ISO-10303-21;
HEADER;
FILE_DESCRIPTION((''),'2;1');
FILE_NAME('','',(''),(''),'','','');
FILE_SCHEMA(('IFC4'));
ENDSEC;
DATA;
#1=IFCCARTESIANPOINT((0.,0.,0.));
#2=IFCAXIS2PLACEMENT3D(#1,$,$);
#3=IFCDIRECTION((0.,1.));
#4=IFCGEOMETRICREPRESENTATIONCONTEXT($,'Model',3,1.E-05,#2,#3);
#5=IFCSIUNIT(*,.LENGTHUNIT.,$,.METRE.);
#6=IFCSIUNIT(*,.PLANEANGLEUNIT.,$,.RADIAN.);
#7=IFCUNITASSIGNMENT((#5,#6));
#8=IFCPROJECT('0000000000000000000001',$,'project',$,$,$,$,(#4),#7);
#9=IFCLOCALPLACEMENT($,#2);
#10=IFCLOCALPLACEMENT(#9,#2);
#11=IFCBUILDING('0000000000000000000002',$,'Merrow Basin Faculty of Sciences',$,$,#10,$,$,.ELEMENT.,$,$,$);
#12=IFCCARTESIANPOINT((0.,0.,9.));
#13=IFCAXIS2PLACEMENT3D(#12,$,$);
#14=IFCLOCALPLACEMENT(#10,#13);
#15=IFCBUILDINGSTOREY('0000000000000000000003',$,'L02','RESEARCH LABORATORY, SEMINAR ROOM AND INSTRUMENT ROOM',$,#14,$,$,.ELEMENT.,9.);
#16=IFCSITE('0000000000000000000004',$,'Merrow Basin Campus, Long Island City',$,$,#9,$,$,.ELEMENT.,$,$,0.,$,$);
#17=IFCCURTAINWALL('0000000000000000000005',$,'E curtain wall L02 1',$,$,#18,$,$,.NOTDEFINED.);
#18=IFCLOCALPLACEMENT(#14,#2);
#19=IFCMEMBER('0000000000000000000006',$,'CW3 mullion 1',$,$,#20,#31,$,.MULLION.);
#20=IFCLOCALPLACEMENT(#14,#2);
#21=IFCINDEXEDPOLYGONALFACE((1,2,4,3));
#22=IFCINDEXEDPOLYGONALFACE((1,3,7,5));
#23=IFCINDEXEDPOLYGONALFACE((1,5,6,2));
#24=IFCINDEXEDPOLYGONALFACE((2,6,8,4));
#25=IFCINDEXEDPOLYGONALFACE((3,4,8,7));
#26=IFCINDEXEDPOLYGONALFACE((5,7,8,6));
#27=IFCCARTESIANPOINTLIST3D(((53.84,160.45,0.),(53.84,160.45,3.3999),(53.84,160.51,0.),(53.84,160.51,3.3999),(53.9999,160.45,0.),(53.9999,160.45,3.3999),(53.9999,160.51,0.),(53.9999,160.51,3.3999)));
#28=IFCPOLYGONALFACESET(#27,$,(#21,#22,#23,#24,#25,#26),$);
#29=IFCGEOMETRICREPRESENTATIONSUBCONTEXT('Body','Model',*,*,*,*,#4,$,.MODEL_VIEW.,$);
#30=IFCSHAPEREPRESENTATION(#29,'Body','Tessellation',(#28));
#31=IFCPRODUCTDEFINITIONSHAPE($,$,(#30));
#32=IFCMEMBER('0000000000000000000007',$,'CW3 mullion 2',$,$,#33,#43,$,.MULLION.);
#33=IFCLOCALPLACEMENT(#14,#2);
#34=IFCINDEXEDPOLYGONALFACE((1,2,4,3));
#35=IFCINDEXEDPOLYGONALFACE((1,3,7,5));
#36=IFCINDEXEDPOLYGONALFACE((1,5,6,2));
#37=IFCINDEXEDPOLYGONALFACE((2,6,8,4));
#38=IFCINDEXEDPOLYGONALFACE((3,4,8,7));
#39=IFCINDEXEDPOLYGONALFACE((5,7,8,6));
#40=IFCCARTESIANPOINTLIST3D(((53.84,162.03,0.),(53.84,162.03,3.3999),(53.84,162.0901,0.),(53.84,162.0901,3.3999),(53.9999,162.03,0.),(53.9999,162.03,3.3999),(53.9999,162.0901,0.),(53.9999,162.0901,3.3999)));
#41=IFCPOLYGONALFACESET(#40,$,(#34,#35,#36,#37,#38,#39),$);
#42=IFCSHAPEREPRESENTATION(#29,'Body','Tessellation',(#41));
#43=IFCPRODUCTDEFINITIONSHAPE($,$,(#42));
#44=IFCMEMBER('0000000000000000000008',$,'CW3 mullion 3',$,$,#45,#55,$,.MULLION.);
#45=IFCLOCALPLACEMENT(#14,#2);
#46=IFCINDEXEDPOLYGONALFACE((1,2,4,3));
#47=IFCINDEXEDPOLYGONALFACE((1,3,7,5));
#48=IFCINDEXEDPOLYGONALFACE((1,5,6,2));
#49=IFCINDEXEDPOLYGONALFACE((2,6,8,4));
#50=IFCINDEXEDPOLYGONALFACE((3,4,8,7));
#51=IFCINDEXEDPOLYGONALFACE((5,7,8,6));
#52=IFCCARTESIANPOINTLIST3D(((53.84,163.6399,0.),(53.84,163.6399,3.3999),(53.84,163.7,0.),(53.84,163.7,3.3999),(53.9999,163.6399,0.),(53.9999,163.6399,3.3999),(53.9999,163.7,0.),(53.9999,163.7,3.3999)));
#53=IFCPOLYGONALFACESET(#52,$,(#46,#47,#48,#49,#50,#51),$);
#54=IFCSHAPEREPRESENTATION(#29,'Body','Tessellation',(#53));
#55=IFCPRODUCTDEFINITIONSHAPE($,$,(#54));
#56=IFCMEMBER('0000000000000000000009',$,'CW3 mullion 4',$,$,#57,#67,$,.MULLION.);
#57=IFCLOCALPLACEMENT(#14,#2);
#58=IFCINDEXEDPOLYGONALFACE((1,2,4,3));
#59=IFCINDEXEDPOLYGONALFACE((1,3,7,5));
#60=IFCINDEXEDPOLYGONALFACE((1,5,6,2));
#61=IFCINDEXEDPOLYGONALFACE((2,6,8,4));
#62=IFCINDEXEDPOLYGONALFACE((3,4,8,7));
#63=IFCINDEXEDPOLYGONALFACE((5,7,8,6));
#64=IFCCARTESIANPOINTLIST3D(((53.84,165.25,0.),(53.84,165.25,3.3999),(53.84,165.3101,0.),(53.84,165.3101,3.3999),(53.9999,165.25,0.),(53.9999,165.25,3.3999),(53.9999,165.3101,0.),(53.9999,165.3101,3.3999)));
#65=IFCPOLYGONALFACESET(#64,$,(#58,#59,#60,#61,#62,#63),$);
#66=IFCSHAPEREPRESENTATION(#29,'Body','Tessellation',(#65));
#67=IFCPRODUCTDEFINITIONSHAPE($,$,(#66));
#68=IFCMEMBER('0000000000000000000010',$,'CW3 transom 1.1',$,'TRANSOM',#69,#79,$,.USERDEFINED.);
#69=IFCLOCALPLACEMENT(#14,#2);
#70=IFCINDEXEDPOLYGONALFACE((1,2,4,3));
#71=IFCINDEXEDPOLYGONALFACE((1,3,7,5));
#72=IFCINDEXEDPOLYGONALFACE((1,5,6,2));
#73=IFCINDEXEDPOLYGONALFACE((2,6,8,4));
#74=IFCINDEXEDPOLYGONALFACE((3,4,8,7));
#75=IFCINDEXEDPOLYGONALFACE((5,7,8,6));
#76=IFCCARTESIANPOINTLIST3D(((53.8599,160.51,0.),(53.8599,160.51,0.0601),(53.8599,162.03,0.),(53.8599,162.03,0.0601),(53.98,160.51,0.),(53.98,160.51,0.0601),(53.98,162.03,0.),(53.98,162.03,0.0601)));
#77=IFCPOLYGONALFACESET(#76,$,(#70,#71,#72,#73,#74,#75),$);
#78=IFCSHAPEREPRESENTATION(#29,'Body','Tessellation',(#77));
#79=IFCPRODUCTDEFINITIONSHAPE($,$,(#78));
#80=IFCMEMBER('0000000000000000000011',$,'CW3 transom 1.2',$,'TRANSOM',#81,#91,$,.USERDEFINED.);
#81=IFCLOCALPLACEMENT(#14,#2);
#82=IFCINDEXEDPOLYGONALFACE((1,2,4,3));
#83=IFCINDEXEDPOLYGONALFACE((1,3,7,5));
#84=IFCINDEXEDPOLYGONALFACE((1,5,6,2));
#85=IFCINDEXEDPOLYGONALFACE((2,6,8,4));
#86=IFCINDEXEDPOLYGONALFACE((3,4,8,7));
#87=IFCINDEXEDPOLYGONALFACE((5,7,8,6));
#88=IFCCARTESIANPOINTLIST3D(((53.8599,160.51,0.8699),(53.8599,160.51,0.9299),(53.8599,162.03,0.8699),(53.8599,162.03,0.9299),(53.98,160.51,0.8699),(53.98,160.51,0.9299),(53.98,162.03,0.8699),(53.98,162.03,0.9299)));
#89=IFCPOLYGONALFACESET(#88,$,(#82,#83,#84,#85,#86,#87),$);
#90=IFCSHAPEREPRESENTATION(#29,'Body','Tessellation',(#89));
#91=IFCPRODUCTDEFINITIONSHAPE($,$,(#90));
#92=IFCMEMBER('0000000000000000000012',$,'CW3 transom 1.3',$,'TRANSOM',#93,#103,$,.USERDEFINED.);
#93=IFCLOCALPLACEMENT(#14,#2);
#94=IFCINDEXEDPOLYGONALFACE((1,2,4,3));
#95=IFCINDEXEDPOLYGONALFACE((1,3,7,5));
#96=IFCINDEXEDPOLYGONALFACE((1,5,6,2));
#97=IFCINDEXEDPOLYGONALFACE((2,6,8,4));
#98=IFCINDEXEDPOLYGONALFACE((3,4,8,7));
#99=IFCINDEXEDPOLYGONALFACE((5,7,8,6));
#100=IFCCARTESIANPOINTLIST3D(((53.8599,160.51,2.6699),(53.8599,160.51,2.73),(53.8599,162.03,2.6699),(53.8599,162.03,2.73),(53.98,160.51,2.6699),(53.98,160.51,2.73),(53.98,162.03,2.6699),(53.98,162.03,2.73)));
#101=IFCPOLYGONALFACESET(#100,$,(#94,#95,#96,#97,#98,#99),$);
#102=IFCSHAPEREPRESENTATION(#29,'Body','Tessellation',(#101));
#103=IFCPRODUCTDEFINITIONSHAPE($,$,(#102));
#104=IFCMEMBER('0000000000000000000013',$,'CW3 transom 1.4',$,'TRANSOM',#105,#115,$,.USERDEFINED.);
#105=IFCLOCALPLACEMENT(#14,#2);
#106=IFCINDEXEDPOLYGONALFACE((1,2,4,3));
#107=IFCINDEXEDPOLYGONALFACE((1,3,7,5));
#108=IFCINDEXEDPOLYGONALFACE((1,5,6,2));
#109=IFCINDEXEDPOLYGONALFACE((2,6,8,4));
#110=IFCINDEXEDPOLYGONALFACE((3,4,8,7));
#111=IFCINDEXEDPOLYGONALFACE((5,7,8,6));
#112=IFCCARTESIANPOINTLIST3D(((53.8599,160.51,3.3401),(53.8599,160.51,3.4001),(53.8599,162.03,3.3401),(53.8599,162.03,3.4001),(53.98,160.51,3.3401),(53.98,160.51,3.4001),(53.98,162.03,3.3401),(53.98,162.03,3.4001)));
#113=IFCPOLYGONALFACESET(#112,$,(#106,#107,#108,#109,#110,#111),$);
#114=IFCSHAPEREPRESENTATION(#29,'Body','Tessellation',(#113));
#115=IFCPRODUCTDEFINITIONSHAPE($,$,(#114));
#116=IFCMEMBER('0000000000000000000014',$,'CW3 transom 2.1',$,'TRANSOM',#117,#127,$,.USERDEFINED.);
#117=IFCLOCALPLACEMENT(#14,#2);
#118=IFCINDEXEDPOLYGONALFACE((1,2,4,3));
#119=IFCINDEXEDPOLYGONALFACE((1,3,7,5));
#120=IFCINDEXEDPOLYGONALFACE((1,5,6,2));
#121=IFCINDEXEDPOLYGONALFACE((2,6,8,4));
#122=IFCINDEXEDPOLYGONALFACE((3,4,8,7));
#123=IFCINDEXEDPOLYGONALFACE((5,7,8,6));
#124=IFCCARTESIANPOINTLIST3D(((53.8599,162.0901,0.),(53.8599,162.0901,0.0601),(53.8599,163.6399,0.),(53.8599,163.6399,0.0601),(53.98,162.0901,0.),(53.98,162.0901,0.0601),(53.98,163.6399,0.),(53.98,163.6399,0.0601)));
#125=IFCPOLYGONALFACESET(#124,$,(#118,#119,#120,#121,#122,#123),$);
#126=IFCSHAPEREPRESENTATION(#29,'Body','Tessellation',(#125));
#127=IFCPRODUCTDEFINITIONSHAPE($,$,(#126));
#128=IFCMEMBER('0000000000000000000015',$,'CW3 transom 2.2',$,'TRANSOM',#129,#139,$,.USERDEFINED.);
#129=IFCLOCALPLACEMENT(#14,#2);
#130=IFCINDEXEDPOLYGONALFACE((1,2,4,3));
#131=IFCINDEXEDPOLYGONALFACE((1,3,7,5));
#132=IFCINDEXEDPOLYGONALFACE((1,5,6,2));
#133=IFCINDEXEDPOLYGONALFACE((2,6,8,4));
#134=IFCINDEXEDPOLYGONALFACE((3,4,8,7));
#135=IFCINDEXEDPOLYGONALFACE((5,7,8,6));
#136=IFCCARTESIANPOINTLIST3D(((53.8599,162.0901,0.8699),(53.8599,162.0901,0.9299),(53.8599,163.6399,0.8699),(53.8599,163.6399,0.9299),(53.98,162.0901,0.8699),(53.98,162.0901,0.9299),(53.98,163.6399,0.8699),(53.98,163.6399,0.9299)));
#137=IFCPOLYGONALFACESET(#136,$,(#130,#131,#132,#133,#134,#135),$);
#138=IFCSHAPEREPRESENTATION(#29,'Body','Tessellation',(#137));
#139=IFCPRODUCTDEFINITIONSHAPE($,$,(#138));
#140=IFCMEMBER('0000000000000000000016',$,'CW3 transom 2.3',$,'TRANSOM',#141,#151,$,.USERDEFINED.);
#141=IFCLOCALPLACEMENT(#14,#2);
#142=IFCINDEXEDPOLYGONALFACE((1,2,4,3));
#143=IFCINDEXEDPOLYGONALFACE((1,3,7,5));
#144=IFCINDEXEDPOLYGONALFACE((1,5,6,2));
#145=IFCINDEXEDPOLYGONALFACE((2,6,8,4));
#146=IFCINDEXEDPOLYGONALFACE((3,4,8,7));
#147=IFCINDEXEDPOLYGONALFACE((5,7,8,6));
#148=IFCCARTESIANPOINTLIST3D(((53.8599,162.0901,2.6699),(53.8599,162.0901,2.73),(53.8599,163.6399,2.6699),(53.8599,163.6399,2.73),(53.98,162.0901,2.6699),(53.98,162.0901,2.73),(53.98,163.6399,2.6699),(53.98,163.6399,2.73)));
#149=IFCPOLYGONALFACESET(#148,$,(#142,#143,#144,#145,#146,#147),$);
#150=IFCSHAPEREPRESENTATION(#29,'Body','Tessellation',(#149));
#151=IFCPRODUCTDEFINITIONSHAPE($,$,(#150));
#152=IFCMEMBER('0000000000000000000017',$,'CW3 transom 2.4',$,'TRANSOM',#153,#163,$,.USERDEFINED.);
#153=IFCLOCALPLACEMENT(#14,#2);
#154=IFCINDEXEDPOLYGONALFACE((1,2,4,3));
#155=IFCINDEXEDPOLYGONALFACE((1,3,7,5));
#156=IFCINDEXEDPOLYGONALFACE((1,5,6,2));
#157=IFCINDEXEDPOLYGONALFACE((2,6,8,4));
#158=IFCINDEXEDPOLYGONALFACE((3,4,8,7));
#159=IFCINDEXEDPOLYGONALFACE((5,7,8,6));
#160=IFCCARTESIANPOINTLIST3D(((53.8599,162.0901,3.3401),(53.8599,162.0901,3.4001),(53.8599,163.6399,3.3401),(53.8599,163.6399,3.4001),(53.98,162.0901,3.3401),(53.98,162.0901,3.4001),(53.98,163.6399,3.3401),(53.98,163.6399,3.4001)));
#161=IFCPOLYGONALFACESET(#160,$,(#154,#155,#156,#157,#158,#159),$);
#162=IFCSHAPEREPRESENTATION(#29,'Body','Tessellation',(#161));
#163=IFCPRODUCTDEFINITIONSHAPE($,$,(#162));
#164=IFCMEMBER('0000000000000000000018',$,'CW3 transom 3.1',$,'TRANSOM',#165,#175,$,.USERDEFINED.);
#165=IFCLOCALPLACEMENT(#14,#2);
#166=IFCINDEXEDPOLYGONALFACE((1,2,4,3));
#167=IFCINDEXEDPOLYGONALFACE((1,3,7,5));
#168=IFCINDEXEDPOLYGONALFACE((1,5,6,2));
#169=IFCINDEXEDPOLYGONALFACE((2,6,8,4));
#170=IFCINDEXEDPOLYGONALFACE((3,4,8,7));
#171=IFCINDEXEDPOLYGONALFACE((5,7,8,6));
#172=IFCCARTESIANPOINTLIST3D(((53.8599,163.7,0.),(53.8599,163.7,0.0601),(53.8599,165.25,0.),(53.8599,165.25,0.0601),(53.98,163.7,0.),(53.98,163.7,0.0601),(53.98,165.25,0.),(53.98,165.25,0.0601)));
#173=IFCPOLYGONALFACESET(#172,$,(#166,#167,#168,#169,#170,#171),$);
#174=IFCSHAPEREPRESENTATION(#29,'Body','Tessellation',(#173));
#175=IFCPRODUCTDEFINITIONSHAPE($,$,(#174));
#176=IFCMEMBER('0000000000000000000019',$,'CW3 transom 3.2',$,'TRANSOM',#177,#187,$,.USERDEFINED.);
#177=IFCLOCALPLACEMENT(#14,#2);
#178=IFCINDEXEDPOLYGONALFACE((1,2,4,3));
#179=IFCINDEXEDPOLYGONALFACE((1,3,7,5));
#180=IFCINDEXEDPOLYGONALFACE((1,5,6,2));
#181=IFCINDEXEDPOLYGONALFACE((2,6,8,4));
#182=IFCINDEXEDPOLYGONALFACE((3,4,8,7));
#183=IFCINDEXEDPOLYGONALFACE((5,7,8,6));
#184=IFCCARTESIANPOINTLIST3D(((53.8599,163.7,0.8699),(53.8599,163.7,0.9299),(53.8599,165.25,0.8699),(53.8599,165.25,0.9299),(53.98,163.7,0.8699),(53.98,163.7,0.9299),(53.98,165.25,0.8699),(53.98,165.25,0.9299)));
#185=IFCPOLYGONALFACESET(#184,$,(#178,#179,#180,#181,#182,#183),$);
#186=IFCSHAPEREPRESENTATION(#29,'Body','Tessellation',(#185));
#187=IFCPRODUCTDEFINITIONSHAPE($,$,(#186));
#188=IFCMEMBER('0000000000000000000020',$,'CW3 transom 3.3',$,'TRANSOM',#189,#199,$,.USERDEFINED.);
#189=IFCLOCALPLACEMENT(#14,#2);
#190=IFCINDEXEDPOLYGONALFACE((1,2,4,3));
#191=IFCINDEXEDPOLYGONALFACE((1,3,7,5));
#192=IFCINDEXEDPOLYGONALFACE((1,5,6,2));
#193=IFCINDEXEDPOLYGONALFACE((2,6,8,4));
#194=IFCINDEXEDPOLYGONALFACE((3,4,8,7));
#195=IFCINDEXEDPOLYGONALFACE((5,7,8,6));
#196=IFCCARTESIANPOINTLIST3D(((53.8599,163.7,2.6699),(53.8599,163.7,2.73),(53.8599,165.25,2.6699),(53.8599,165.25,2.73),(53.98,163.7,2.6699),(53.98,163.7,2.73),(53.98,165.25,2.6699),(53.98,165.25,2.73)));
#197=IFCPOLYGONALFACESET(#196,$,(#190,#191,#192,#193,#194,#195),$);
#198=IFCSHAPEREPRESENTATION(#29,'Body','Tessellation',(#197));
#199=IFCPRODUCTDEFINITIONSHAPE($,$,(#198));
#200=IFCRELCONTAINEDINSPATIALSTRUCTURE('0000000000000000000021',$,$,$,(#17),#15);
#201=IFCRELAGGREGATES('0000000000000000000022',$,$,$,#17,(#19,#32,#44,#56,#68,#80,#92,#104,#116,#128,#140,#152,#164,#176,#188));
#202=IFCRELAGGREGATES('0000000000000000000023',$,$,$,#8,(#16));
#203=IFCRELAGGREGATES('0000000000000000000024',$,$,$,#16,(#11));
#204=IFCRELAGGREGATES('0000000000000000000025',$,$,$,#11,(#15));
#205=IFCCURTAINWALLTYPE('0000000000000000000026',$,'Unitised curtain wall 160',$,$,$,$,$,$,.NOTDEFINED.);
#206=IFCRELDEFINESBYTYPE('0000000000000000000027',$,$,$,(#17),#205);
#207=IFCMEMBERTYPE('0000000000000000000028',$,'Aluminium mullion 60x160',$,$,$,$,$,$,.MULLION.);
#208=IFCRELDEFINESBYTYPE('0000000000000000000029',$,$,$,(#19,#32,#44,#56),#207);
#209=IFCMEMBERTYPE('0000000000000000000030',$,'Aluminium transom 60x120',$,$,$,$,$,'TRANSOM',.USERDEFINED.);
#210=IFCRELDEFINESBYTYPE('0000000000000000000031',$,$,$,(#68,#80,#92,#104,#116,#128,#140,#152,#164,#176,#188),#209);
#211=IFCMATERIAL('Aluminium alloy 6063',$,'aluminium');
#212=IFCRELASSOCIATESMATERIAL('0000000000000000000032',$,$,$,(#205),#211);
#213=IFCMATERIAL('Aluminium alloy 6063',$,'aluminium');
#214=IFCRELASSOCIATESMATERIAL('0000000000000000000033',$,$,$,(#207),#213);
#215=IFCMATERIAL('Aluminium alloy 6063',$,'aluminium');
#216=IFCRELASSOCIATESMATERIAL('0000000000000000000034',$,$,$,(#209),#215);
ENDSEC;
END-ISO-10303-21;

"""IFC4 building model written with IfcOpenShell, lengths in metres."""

from ifc_helpers import new_model, si_unit, direction, frame, origin, origin_2d, place, context, subcontext, project, spatial, rectangle, extrude, material, material_profile, profile_set, type_object, element, aggregate, save


model = new_model("IFC4")

# Units and contexts
model_context = context("Model", 3, precision=1e-05, world=origin(), true_north=direction((0.0, 1.0)))
body_context = subcontext(model_context, "Body", "Model", "MODEL_VIEW")
ifc_project = project(units=[si_unit("LENGTHUNIT", "METRE"), si_unit("PLANEANGLEUNIT", "RADIAN")], contexts=[model_context])

# Site, building, storey
site_placement = place(None, origin())
site = spatial("IfcSite", under=ifc_project, at=site_placement, Name="Merrow Basin Campus, Long Island City", CompositionType="ELEMENT", RefElevation=0.0)
building_placement = place(site_placement, origin())
building = spatial("IfcBuilding", under=site, at=building_placement, Name="Merrow Basin Faculty of Sciences", CompositionType="ELEMENT")
storey_placement = place(building_placement, frame((0.0, 0.0, 9.0)))
storey = spatial("IfcBuildingStorey", under=building, at=storey_placement, Name="L02", Description="RESEARCH LABORATORY, SEMINAR ROOM AND INSTRUMENT ROOM", CompositionType="ELEMENT", Elevation=9.0)

# Curtain wall, members
ifc_material_1 = material(Name="Aluminium alloy 6063", Category="aluminium")
curtain_wall_type = type_object("IfcCurtainWallType", Name="Unitised curtain wall 160", PredefinedType="NOTDEFINED", material=ifc_material_1)
curtain_wall_placement = place(storey_placement, origin())
curtain_wall = element("IfcCurtainWall", 1, at=curtain_wall_placement, inside=storey, type_object=curtain_wall_type, Name="E curtain wall L02 1", PredefinedType="NOTDEFINED")
ifc_material_2 = material(Name="Aluminium alloy 6063", Category="aluminium")
ifc_material_profile_1 = material_profile(ifc_material_2, rectangle(XDim=0.1599, YDim=0.0601, at=origin_2d()))
ifc_profile_set_1 = profile_set([ifc_material_profile_1], Name="Aluminium alloy 6063")
member_type_1 = type_object("IfcMemberType", Name="Aluminium mullion 60x160", PredefinedType="MULLION", material=ifc_profile_set_1)
member_1_placement = place(storey_placement, frame((53.9199, 160.48, 0.0), z_axis=(0.0, 0.0, 1.0), x_axis=(-1.0, 0.0, 0.0)))
member_1 = element("IfcMember", 2, at=member_1_placement, type_object=member_type_1, Name="CW3 mullion 1", PredefinedType="MULLION", context=body_context, shape_type="SweptSolid", body=[
    extrude(rectangle(XDim=0.1599, YDim=0.0601, at=origin_2d()), origin(), (0.0, 0.0, 1.0), 3.3999),
])
member_2_placement = place(storey_placement, frame((53.9199, 162.0601, 0.0), z_axis=(0.0, 0.0, 1.0), x_axis=(-1.0, 0.0, 0.0)))
member_2 = element("IfcMember", 3, at=member_2_placement, type_object=member_type_1, Name="CW3 mullion 2", PredefinedType="MULLION", context=body_context, shape_type="SweptSolid", body=[
    extrude(rectangle(XDim=0.1599, YDim=0.0601, at=origin_2d()), origin(), (0.0, 0.0, 1.0), 3.3999),
])
member_3_placement = place(storey_placement, frame((53.9199, 163.6699, 0.0), z_axis=(0.0, 0.0, 1.0), x_axis=(-1.0, 0.0, 0.0)))
member_3 = element("IfcMember", 4, at=member_3_placement, type_object=member_type_1, Name="CW3 mullion 3", PredefinedType="MULLION", context=body_context, shape_type="SweptSolid", body=[
    extrude(rectangle(XDim=0.1599, YDim=0.0601, at=origin_2d()), origin(), (0.0, 0.0, 1.0), 3.3999),
])
member_4_placement = place(storey_placement, frame((53.9199, 165.28, 0.0), z_axis=(0.0, 0.0, 1.0), x_axis=(-1.0, 0.0, 0.0)))
member_4 = element("IfcMember", 5, at=member_4_placement, type_object=member_type_1, Name="CW3 mullion 4", PredefinedType="MULLION", context=body_context, shape_type="SweptSolid", body=[
    extrude(rectangle(XDim=0.1599, YDim=0.0601, at=origin_2d()), origin(), (0.0, 0.0, 1.0), 3.3999),
])
ifc_material_3 = material(Name="Aluminium alloy 6063", Category="aluminium")
ifc_material_profile_2 = material_profile(ifc_material_3, rectangle(XDim=0.1201, YDim=0.0601, at=origin_2d()))
ifc_profile_set_2 = profile_set([ifc_material_profile_2], Name="Aluminium alloy 6063")
member_type_2 = type_object("IfcMemberType", Name="Aluminium transom 60x120", ElementType="TRANSOM", PredefinedType="USERDEFINED", material=ifc_profile_set_2)
member_5_placement = place(storey_placement, frame((53.9199, 160.51, 0.03), z_axis=(0.0, 1.0, 0.0), x_axis=(-1.0, 0.0, 0.0)))
member_5 = element("IfcMember", 6, at=member_5_placement, type_object=member_type_2, Name="CW3 transom 1.1", ObjectType="TRANSOM", PredefinedType="USERDEFINED", context=body_context, shape_type="SweptSolid", body=[
    extrude(rectangle(XDim=0.1201, YDim=0.0601, at=origin_2d()), origin(), (0.0, 0.0, 1.0), 1.52),
])
member_6_placement = place(storey_placement, frame((53.9199, 160.51, 0.8999), z_axis=(0.0, 1.0, 0.0), x_axis=(-1.0, 0.0, 0.0)))
member_6 = element("IfcMember", 7, at=member_6_placement, type_object=member_type_2, Name="CW3 transom 1.2", ObjectType="TRANSOM", PredefinedType="USERDEFINED", context=body_context, shape_type="SweptSolid", body=[
    extrude(rectangle(XDim=0.1201, YDim=0.0601, at=origin_2d()), origin(), (0.0, 0.0, 1.0), 1.52),
])
member_7_placement = place(storey_placement, frame((53.9199, 160.51, 2.7), z_axis=(0.0, 1.0, 0.0), x_axis=(-1.0, 0.0, 0.0)))
member_7 = element("IfcMember", 8, at=member_7_placement, type_object=member_type_2, Name="CW3 transom 1.3", ObjectType="TRANSOM", PredefinedType="USERDEFINED", context=body_context, shape_type="SweptSolid", body=[
    extrude(rectangle(XDim=0.1201, YDim=0.0601, at=origin_2d()), origin(), (0.0, 0.0, 1.0), 1.52),
])
member_8_placement = place(storey_placement, frame((53.9199, 160.51, 3.3701), z_axis=(0.0, 1.0, 0.0), x_axis=(-1.0, 0.0, 0.0)))
member_8 = element("IfcMember", 9, at=member_8_placement, type_object=member_type_2, Name="CW3 transom 1.4", ObjectType="TRANSOM", PredefinedType="USERDEFINED", context=body_context, shape_type="SweptSolid", body=[
    extrude(rectangle(XDim=0.1201, YDim=0.0601, at=origin_2d()), origin(), (0.0, 0.0, 1.0), 1.52),
])
member_9_placement = place(storey_placement, frame((53.9199, 162.0901, 0.03), z_axis=(0.0, 1.0, 0.0), x_axis=(-1.0, 0.0, 0.0)))
member_9 = element("IfcMember", 10, at=member_9_placement, type_object=member_type_2, Name="CW3 transom 2.1", ObjectType="TRANSOM", PredefinedType="USERDEFINED", context=body_context, shape_type="SweptSolid", body=[
    extrude(rectangle(XDim=0.1201, YDim=0.0601, at=origin_2d()), origin(), (0.0, 0.0, 1.0), 1.5498),
])
member_10_placement = place(storey_placement, frame((53.9199, 162.0901, 0.8999), z_axis=(0.0, 1.0, 0.0), x_axis=(-1.0, 0.0, 0.0)))
member_10 = element("IfcMember", 11, at=member_10_placement, type_object=member_type_2, Name="CW3 transom 2.2", ObjectType="TRANSOM", PredefinedType="USERDEFINED", context=body_context, shape_type="SweptSolid", body=[
    extrude(rectangle(XDim=0.1201, YDim=0.0601, at=origin_2d()), origin(), (0.0, 0.0, 1.0), 1.5498),
])
member_11_placement = place(storey_placement, frame((53.9199, 162.0901, 2.7), z_axis=(0.0, 1.0, 0.0), x_axis=(-1.0, 0.0, 0.0)))
member_11 = element("IfcMember", 12, at=member_11_placement, type_object=member_type_2, Name="CW3 transom 2.3", ObjectType="TRANSOM", PredefinedType="USERDEFINED", context=body_context, shape_type="SweptSolid", body=[
    extrude(rectangle(XDim=0.1201, YDim=0.0601, at=origin_2d()), origin(), (0.0, 0.0, 1.0), 1.5498),
])
member_12_placement = place(storey_placement, frame((53.9199, 162.0901, 3.3701), z_axis=(0.0, 1.0, 0.0), x_axis=(-1.0, 0.0, 0.0)))
member_12 = element("IfcMember", 13, at=member_12_placement, type_object=member_type_2, Name="CW3 transom 2.4", ObjectType="TRANSOM", PredefinedType="USERDEFINED", context=body_context, shape_type="SweptSolid", body=[
    extrude(rectangle(XDim=0.1201, YDim=0.0601, at=origin_2d()), origin(), (0.0, 0.0, 1.0), 1.5498),
])
member_13_placement = place(storey_placement, frame((53.9199, 163.7, 0.03), z_axis=(0.0, 1.0, 0.0), x_axis=(-1.0, 0.0, 0.0)))
member_13 = element("IfcMember", 14, at=member_13_placement, type_object=member_type_2, Name="CW3 transom 3.1", ObjectType="TRANSOM", PredefinedType="USERDEFINED", context=body_context, shape_type="SweptSolid", body=[
    extrude(rectangle(XDim=0.1201, YDim=0.0601, at=origin_2d()), origin(), (0.0, 0.0, 1.0), 1.55),
])
member_14_placement = place(storey_placement, frame((53.9199, 163.7, 0.8999), z_axis=(0.0, 1.0, 0.0), x_axis=(-1.0, 0.0, 0.0)))
member_14 = element("IfcMember", 15, at=member_14_placement, type_object=member_type_2, Name="CW3 transom 3.2", ObjectType="TRANSOM", PredefinedType="USERDEFINED", context=body_context, shape_type="SweptSolid", body=[
    extrude(rectangle(XDim=0.1201, YDim=0.0601, at=origin_2d()), origin(), (0.0, 0.0, 1.0), 1.55),
])
member_15_placement = place(storey_placement, frame((53.9199, 163.7, 2.7), z_axis=(0.0, 1.0, 0.0), x_axis=(-1.0, 0.0, 0.0)))
member_15 = element("IfcMember", 16, at=member_15_placement, type_object=member_type_2, Name="CW3 transom 3.3", ObjectType="TRANSOM", PredefinedType="USERDEFINED", context=body_context, shape_type="SweptSolid", body=[
    extrude(rectangle(XDim=0.1201, YDim=0.0601, at=origin_2d()), origin(), (0.0, 0.0, 1.0), 1.55),
])
aggregate(curtain_wall, [member_1, member_2, member_3, member_4, member_5, member_6, member_7, member_8, member_9, member_10, member_11, member_12, member_13, member_14, member_15])

save(model, "model.ifc")
